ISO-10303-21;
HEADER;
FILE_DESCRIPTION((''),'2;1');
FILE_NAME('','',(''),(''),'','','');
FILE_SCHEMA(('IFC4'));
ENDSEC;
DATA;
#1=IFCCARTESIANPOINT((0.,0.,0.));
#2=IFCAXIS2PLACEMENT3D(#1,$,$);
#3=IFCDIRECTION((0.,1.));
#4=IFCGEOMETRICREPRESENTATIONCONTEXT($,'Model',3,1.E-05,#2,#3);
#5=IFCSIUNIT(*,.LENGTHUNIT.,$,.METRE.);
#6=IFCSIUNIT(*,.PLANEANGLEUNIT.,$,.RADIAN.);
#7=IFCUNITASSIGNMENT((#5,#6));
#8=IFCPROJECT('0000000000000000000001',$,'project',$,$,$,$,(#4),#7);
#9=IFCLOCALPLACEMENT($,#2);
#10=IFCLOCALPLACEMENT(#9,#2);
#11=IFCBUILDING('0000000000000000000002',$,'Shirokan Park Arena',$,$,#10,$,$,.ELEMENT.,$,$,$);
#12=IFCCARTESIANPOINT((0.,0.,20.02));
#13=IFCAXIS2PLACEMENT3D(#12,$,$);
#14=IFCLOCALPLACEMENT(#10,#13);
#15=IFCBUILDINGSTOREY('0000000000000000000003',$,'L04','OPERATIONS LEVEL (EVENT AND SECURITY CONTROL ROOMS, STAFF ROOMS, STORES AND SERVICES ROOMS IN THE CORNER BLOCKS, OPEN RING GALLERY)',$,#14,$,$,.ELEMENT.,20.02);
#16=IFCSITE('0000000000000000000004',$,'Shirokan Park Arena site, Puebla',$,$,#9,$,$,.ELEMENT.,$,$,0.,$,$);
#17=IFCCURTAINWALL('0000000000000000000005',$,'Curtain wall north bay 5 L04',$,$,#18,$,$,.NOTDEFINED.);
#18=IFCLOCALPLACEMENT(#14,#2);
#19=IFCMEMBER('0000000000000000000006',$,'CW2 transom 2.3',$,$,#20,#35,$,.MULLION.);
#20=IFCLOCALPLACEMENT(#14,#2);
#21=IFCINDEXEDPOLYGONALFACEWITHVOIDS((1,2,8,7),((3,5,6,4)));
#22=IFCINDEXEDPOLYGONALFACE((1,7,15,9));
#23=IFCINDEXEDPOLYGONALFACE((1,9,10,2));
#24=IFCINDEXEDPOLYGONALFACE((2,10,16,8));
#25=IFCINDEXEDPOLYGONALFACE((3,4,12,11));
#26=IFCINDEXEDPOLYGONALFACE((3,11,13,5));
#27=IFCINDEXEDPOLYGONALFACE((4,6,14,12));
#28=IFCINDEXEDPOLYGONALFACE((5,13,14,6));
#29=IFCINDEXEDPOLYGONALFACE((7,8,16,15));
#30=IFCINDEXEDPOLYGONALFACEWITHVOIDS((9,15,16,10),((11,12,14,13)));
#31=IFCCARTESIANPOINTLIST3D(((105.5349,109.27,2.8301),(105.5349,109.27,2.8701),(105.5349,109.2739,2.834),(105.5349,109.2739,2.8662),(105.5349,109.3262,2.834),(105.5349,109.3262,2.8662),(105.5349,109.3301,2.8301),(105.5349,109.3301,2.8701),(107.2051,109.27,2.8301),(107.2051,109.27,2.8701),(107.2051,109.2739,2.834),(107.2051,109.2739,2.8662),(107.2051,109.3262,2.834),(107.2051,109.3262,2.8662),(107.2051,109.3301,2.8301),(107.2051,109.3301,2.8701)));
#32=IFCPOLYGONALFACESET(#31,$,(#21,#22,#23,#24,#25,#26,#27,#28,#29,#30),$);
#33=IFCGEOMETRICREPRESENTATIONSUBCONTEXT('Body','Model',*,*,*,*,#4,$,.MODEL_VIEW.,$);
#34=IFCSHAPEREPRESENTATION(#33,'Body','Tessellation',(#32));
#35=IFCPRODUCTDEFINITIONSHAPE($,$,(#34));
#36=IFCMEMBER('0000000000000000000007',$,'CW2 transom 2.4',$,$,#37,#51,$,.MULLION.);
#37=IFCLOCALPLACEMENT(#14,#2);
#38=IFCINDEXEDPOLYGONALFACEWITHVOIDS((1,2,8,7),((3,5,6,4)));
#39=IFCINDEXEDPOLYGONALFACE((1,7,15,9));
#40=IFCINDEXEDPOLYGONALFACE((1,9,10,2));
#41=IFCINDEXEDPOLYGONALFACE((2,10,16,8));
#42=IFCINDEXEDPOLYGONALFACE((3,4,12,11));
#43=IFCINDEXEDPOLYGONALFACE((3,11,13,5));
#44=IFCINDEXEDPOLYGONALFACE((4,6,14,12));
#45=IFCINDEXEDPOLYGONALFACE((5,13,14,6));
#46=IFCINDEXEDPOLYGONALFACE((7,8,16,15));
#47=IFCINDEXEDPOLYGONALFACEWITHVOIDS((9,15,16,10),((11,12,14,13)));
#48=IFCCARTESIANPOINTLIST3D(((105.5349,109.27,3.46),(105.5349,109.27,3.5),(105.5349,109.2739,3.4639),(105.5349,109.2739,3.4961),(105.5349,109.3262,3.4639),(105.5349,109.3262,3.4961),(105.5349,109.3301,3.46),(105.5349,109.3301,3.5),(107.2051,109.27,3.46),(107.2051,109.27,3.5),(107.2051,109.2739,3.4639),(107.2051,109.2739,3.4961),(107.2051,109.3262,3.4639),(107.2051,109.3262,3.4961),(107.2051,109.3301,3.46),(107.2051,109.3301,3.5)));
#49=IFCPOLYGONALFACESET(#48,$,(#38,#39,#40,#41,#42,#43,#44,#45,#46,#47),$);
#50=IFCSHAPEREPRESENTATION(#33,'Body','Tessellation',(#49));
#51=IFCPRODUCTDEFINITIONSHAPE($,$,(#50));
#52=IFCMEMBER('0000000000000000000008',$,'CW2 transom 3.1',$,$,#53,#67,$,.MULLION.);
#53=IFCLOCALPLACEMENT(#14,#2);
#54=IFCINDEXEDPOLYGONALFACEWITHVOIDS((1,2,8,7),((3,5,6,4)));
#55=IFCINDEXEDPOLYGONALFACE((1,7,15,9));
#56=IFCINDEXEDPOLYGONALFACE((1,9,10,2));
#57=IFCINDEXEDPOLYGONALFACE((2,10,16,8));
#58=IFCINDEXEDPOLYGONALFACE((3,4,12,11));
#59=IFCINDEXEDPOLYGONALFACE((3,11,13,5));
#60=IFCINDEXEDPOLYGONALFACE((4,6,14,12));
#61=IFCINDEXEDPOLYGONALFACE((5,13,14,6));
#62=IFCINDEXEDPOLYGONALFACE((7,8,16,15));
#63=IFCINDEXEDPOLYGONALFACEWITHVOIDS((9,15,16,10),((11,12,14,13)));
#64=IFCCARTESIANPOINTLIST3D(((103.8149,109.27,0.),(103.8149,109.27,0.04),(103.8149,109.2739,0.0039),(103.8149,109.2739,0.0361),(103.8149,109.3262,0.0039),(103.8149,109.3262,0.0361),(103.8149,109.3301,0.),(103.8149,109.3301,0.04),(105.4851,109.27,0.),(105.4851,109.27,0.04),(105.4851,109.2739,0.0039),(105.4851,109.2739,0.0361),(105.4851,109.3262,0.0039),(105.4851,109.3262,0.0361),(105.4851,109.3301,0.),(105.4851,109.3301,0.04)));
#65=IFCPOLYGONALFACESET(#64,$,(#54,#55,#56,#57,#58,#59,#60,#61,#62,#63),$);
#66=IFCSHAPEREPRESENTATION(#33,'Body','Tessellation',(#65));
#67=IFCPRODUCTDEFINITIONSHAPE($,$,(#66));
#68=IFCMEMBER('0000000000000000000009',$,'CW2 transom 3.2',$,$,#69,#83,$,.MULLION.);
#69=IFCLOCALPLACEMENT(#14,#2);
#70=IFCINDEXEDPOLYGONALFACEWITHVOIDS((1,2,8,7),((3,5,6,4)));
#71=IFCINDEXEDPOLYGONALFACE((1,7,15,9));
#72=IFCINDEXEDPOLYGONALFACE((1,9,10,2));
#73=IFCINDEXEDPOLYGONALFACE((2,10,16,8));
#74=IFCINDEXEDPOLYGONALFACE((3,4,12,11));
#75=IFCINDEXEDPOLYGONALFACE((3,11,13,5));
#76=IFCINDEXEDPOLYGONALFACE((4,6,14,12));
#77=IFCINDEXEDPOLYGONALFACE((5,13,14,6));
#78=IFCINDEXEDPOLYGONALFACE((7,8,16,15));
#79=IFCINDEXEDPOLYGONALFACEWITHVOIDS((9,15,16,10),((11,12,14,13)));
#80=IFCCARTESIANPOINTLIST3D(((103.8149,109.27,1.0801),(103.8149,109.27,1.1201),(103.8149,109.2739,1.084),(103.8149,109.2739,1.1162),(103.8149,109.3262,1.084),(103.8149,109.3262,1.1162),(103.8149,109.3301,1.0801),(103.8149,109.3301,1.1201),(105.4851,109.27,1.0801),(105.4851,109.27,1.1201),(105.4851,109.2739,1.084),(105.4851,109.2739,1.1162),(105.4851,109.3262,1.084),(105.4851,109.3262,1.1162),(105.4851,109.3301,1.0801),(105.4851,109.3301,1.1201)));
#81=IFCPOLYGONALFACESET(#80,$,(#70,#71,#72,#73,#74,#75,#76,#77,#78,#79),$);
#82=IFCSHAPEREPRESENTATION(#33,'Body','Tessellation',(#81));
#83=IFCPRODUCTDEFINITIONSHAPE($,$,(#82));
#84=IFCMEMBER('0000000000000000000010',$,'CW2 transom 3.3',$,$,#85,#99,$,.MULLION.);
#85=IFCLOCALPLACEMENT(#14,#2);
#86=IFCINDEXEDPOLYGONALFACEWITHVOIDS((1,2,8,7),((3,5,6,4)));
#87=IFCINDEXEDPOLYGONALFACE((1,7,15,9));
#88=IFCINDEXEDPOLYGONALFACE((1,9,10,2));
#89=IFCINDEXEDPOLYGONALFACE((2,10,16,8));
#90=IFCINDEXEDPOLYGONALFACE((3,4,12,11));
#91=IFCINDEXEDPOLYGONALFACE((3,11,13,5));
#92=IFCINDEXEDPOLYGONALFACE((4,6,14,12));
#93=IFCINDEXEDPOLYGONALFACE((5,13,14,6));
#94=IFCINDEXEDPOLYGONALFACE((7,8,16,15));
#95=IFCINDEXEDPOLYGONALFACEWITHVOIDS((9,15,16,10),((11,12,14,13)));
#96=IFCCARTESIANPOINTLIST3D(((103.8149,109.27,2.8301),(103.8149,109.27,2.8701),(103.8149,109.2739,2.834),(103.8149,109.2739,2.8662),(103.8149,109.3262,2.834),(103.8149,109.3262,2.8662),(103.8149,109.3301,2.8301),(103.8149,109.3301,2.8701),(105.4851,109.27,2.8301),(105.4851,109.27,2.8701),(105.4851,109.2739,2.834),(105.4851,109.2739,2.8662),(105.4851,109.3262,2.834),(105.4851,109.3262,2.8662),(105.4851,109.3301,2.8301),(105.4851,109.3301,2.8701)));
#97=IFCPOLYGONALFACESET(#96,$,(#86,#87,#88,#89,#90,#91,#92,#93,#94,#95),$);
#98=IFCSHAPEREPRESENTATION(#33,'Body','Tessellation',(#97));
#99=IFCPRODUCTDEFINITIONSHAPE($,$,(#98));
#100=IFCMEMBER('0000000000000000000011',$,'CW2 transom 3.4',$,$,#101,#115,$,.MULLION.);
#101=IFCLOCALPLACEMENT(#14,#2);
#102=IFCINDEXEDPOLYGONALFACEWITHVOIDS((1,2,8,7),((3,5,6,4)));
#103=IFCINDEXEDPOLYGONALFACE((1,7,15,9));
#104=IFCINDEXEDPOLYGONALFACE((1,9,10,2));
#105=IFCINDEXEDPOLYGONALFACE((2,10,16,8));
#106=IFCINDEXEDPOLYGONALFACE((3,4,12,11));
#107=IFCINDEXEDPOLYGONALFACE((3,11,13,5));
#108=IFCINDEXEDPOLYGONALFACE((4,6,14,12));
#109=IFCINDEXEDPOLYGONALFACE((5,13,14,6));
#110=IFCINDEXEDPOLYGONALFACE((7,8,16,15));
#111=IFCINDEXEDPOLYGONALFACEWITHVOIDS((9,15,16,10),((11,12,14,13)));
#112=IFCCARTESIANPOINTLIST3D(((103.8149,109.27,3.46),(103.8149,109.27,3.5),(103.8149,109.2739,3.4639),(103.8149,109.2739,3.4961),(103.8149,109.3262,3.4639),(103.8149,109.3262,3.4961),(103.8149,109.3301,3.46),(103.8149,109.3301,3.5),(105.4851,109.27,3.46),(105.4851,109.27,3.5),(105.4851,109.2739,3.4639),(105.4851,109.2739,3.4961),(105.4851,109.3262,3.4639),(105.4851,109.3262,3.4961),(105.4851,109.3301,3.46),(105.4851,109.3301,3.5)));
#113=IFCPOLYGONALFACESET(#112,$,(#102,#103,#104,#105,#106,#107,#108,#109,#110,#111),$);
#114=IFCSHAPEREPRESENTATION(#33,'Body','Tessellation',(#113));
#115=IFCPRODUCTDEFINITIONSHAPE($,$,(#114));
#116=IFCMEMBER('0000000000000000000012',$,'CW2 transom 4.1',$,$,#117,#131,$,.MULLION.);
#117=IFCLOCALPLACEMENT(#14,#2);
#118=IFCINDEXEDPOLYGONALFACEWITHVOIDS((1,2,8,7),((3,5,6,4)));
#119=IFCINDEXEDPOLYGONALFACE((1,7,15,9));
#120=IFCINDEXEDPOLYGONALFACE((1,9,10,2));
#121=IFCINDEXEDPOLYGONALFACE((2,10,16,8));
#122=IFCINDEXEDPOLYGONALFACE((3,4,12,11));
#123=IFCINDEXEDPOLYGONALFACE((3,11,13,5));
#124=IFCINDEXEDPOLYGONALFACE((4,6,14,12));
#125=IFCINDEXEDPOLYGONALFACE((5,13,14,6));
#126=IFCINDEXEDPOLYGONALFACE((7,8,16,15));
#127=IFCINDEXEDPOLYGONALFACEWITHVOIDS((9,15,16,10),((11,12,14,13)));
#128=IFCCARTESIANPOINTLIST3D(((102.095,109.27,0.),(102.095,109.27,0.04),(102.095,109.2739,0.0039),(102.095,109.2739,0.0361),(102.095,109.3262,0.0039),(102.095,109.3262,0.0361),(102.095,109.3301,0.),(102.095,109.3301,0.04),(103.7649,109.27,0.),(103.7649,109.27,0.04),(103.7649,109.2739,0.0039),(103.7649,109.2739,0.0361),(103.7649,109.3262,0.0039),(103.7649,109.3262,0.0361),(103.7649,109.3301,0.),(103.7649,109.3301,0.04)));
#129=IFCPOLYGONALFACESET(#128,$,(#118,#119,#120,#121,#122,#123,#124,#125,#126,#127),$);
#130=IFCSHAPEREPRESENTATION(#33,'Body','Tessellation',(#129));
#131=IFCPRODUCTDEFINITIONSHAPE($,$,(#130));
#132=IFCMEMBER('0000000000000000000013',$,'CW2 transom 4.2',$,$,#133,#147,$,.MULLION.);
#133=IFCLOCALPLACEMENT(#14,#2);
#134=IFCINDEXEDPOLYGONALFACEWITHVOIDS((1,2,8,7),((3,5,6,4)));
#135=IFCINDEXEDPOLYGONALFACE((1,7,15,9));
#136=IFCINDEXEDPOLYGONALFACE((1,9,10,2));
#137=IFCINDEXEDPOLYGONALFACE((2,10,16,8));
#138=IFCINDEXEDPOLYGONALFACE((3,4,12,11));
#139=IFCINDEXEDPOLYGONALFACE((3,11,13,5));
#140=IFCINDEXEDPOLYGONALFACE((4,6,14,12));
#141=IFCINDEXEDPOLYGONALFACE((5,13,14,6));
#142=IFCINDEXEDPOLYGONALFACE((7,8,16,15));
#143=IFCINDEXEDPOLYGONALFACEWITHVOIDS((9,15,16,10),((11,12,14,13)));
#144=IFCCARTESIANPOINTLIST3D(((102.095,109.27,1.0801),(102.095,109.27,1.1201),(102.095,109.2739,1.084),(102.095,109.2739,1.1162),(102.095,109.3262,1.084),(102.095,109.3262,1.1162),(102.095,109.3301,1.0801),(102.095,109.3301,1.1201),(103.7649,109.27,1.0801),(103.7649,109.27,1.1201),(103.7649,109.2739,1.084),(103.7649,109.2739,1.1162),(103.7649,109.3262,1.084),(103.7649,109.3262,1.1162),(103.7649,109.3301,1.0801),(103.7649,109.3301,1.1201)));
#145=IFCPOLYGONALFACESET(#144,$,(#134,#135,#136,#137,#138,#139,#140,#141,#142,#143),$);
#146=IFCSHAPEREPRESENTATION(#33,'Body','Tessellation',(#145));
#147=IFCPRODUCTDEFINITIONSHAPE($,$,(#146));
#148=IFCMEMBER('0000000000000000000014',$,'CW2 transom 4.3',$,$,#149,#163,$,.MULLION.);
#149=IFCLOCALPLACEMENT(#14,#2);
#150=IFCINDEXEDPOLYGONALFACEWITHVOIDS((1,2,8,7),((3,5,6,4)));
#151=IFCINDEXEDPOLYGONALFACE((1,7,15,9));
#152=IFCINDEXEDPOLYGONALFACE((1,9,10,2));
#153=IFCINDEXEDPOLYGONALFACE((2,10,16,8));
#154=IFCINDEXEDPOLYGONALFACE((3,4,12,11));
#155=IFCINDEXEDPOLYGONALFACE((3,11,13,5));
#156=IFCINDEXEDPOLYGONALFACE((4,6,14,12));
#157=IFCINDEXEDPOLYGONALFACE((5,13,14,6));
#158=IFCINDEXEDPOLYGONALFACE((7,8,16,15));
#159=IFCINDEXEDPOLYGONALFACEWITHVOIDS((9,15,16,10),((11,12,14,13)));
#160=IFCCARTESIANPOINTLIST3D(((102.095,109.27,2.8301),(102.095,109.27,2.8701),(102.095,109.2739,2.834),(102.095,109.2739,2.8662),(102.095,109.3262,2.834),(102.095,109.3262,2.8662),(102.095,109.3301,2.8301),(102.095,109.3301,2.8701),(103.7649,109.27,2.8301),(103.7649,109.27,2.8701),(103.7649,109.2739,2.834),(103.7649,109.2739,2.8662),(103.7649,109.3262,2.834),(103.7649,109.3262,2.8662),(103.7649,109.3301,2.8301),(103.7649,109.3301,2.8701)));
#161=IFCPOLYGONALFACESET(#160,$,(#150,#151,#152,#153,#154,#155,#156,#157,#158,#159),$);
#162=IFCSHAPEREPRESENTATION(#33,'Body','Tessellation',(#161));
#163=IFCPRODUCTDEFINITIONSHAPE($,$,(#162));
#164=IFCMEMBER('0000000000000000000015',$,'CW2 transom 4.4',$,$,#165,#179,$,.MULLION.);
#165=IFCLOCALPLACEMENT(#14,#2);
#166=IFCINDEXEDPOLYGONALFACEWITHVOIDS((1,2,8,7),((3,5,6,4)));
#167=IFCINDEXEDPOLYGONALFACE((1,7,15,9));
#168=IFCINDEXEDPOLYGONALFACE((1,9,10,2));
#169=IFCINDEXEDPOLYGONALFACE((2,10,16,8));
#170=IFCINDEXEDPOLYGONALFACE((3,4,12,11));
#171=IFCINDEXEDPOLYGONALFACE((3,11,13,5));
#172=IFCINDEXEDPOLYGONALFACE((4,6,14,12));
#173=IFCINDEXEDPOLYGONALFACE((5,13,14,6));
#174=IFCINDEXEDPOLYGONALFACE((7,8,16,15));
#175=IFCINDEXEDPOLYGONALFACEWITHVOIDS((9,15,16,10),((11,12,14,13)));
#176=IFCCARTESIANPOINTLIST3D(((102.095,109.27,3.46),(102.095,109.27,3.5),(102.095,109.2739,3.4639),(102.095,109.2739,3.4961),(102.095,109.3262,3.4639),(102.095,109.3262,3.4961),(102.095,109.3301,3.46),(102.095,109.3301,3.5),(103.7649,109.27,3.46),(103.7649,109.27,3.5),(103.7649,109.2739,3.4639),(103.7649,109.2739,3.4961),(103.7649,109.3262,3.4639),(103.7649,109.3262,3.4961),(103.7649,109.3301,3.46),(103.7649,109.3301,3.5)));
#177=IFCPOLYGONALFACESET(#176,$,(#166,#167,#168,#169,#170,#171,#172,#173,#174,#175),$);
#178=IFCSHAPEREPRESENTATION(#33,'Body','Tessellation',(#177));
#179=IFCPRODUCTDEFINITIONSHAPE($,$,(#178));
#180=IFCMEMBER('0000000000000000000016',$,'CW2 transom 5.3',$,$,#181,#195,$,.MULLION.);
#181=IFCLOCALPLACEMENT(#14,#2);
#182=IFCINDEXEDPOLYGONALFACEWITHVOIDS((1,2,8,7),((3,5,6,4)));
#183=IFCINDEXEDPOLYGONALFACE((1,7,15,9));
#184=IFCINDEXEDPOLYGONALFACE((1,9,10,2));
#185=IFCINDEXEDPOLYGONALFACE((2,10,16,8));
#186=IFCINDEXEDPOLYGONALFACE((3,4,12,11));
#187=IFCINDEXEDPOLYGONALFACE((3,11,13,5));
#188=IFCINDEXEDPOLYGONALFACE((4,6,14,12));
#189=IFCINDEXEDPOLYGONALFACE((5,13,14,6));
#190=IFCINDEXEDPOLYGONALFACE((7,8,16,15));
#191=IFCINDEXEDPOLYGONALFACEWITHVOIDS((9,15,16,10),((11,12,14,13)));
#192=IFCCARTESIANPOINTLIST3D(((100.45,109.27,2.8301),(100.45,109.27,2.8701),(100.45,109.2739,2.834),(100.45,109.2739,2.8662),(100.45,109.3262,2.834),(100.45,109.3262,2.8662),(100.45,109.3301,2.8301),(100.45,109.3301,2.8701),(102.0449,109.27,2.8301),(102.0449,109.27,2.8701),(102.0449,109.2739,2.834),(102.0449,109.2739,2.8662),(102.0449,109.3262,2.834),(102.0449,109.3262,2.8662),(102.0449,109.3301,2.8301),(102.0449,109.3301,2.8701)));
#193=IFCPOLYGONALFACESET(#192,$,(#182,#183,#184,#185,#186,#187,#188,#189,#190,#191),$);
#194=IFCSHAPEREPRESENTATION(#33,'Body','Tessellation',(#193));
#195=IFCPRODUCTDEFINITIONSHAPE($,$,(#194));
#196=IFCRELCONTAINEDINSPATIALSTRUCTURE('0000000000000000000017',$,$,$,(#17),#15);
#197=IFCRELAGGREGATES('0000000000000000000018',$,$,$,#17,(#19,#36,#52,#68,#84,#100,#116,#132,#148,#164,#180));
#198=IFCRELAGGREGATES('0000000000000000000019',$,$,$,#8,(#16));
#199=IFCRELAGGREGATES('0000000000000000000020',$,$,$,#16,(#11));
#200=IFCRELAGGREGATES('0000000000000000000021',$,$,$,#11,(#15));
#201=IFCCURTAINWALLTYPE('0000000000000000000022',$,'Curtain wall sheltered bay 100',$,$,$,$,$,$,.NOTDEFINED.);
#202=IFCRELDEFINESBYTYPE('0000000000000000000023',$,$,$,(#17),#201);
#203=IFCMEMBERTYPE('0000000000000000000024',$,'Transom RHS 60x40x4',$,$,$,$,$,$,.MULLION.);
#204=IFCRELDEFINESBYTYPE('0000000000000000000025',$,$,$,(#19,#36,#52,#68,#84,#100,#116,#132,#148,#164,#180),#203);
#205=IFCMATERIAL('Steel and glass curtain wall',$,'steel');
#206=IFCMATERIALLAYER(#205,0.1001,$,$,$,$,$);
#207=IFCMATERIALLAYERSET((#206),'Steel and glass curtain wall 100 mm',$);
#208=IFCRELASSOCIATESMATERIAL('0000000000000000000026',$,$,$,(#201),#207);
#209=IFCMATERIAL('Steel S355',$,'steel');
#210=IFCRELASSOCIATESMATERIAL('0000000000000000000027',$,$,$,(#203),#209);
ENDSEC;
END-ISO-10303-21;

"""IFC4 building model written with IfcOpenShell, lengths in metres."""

from ifc_helpers import new_model, si_unit, direction, frame, origin, origin_2d, place, context, subcontext, project, spatial, hollow_rectangle, extrude, material, layer, layer_set, material_profile, profile_set, type_object, element, aggregate, save


model = new_model("IFC4")

# Units and contexts
model_context = context("Model", 3, precision=1e-05, world=origin(), true_north=direction((0.0, 1.0)))
body_context = subcontext(model_context, "Body", "Model", "MODEL_VIEW")
ifc_project = project(units=[si_unit("LENGTHUNIT", "METRE"), si_unit("PLANEANGLEUNIT", "RADIAN")], contexts=[model_context])

# Site, building, storey
site_placement = place(None, origin())
site = spatial("IfcSite", under=ifc_project, at=site_placement, Name="Shirokan Park Arena site, Puebla", CompositionType="ELEMENT", RefElevation=0.0)
building_placement = place(site_placement, origin())
building = spatial("IfcBuilding", under=site, at=building_placement, Name="Shirokan Park Arena", CompositionType="ELEMENT")
storey_placement = place(building_placement, frame((0.0, 0.0, 20.02)))
storey = spatial("IfcBuildingStorey", under=building, at=storey_placement, Name="L04", Description="OPERATIONS LEVEL (EVENT AND SECURITY CONTROL ROOMS, STAFF ROOMS, STORES AND SERVICES ROOMS IN THE CORNER BLOCKS, OPEN RING GALLERY)", CompositionType="ELEMENT", Elevation=20.02)

# Curtain wall, members
ifc_material_1 = material(Name="Steel and glass curtain wall", Category="steel")
ifc_layer_1 = layer(ifc_material_1, 0.1001)
ifc_layer_set_1 = layer_set([ifc_layer_1], Name="Steel and glass curtain wall 100 mm")
curtain_wall_type = type_object("IfcCurtainWallType", Name="Curtain wall sheltered bay 100", PredefinedType="NOTDEFINED", material=ifc_layer_set_1)
curtain_wall_placement = place(storey_placement, origin())
curtain_wall = element("IfcCurtainWall", 1, at=curtain_wall_placement, inside=storey, type_object=curtain_wall_type, Name="Curtain wall north bay 5 L04", PredefinedType="NOTDEFINED")
ifc_material_2 = material(Name="Steel S355", Category="steel")
ifc_material_profile_1 = material_profile(ifc_material_2, hollow_rectangle(XDim=0.0601, YDim=0.04, WallThickness=0.0039, at=origin_2d()), Name="RHS 60x40x4")
ifc_profile_set_1 = profile_set([ifc_material_profile_1], Name="Steel S355")
member_type_1 = type_object("IfcMemberType", Name="Transom RHS 60x40x4", PredefinedType="MULLION", material=ifc_profile_set_1)
member_1_placement = place(storey_placement, frame((107.2051, 109.3, 2.8501), z_axis=(-1.0, 0.0, 0.0), x_axis=(0.0, -1.0, 0.0)))
member_1 = element("IfcMember", 2, at=member_1_placement, type_object=member_type_1, Name="CW2 transom 2.3", PredefinedType="MULLION", context=body_context, shape_type="SweptSolid", body=[
    extrude(hollow_rectangle(XDim=0.0601, YDim=0.04, WallThickness=0.0039, at=origin_2d()), origin(), (0.0, 0.0, 1.0), 1.6702),
])
member_2_placement = place(storey_placement, frame((107.2051, 109.3, 3.48), z_axis=(-1.0, 0.0, 0.0), x_axis=(0.0, -1.0, 0.0)))
member_2 = element("IfcMember", 3, at=member_2_placement, type_object=member_type_1, Name="CW2 transom 2.4", PredefinedType="MULLION", context=body_context, shape_type="SweptSolid", body=[
    extrude(hollow_rectangle(XDim=0.0601, YDim=0.04, WallThickness=0.0039, at=origin_2d()), origin(), (0.0, 0.0, 1.0), 1.6702),
])
member_3_placement = place(storey_placement, frame((105.4851, 109.3, 0.02), z_axis=(-1.0, 0.0, 0.0), x_axis=(0.0, -1.0, 0.0)))
member_3 = element("IfcMember", 4, at=member_3_placement, type_object=member_type_1, Name="CW2 transom 3.1", PredefinedType="MULLION", context=body_context, shape_type="SweptSolid", body=[
    extrude(hollow_rectangle(XDim=0.0601, YDim=0.04, WallThickness=0.0039, at=origin_2d()), origin(), (0.0, 0.0, 1.0), 1.6702),
])
member_4_placement = place(storey_placement, frame((105.4851, 109.3, 1.1001), z_axis=(-1.0, 0.0, 0.0), x_axis=(0.0, -1.0, 0.0)))
member_4 = element("IfcMember", 5, at=member_4_placement, type_object=member_type_1, Name="CW2 transom 3.2", PredefinedType="MULLION", context=body_context, shape_type="SweptSolid", body=[
    extrude(hollow_rectangle(XDim=0.0601, YDim=0.04, WallThickness=0.0039, at=origin_2d()), origin(), (0.0, 0.0, 1.0), 1.6702),
])
member_5_placement = place(storey_placement, frame((105.4851, 109.3, 2.8501), z_axis=(-1.0, 0.0, 0.0), x_axis=(0.0, -1.0, 0.0)))
member_5 = element("IfcMember", 6, at=member_5_placement, type_object=member_type_1, Name="CW2 transom 3.3", PredefinedType="MULLION", context=body_context, shape_type="SweptSolid", body=[
    extrude(hollow_rectangle(XDim=0.0601, YDim=0.04, WallThickness=0.0039, at=origin_2d()), origin(), (0.0, 0.0, 1.0), 1.6702),
])
member_6_placement = place(storey_placement, frame((105.4851, 109.3, 3.48), z_axis=(-1.0, 0.0, 0.0), x_axis=(0.0, -1.0, 0.0)))
member_6 = element("IfcMember", 7, at=member_6_placement, type_object=member_type_1, Name="CW2 transom 3.4", PredefinedType="MULLION", context=body_context, shape_type="SweptSolid", body=[
    extrude(hollow_rectangle(XDim=0.0601, YDim=0.04, WallThickness=0.0039, at=origin_2d()), origin(), (0.0, 0.0, 1.0), 1.6702),
])
member_7_placement = place(storey_placement, frame((103.7649, 109.3, 0.02), z_axis=(-1.0, 0.0, 0.0), x_axis=(0.0, -1.0, 0.0)))
member_7 = element("IfcMember", 8, at=member_7_placement, type_object=member_type_1, Name="CW2 transom 4.1", PredefinedType="MULLION", context=body_context, shape_type="SweptSolid", body=[
    extrude(hollow_rectangle(XDim=0.0601, YDim=0.04, WallThickness=0.0039, at=origin_2d()), origin(), (0.0, 0.0, 1.0), 1.6699),
])
member_8_placement = place(storey_placement, frame((103.7649, 109.3, 1.1001), z_axis=(-1.0, 0.0, 0.0), x_axis=(0.0, -1.0, 0.0)))
member_8 = element("IfcMember", 9, at=member_8_placement, type_object=member_type_1, Name="CW2 transom 4.2", PredefinedType="MULLION", context=body_context, shape_type="SweptSolid", body=[
    extrude(hollow_rectangle(XDim=0.0601, YDim=0.04, WallThickness=0.0039, at=origin_2d()), origin(), (0.0, 0.0, 1.0), 1.6699),
])
member_9_placement = place(storey_placement, frame((103.7649, 109.3, 2.8501), z_axis=(-1.0, 0.0, 0.0), x_axis=(0.0, -1.0, 0.0)))
member_9 = element("IfcMember", 10, at=member_9_placement, type_object=member_type_1, Name="CW2 transom 4.3", PredefinedType="MULLION", context=body_context, shape_type="SweptSolid", body=[
    extrude(hollow_rectangle(XDim=0.0601, YDim=0.04, WallThickness=0.0039, at=origin_2d()), origin(), (0.0, 0.0, 1.0), 1.6699),
])
member_10_placement = place(storey_placement, frame((103.7649, 109.3, 3.48), z_axis=(-1.0, 0.0, 0.0), x_axis=(0.0, -1.0, 0.0)))
member_10 = element("IfcMember", 11, at=member_10_placement, type_object=member_type_1, Name="CW2 transom 4.4", PredefinedType="MULLION", context=body_context, shape_type="SweptSolid", body=[
    extrude(hollow_rectangle(XDim=0.0601, YDim=0.04, WallThickness=0.0039, at=origin_2d()), origin(), (0.0, 0.0, 1.0), 1.6699),
])
member_11_placement = place(storey_placement, frame((102.0449, 109.3, 2.8501), z_axis=(-1.0, 0.0, 0.0), x_axis=(0.0, -1.0, 0.0)))
member_11 = element("IfcMember", 12, at=member_11_placement, type_object=member_type_1, Name="CW2 transom 5.3", PredefinedType="MULLION", context=body_context, shape_type="SweptSolid", body=[
    extrude(hollow_rectangle(XDim=0.0601, YDim=0.04, WallThickness=0.0039, at=origin_2d()), origin(), (0.0, 0.0, 1.0), 1.595),
])
aggregate(curtain_wall, [member_1, member_2, member_3, member_4, member_5, member_6, member_7, member_8, member_9, member_10, member_11])

save(model, "model.ifc")
